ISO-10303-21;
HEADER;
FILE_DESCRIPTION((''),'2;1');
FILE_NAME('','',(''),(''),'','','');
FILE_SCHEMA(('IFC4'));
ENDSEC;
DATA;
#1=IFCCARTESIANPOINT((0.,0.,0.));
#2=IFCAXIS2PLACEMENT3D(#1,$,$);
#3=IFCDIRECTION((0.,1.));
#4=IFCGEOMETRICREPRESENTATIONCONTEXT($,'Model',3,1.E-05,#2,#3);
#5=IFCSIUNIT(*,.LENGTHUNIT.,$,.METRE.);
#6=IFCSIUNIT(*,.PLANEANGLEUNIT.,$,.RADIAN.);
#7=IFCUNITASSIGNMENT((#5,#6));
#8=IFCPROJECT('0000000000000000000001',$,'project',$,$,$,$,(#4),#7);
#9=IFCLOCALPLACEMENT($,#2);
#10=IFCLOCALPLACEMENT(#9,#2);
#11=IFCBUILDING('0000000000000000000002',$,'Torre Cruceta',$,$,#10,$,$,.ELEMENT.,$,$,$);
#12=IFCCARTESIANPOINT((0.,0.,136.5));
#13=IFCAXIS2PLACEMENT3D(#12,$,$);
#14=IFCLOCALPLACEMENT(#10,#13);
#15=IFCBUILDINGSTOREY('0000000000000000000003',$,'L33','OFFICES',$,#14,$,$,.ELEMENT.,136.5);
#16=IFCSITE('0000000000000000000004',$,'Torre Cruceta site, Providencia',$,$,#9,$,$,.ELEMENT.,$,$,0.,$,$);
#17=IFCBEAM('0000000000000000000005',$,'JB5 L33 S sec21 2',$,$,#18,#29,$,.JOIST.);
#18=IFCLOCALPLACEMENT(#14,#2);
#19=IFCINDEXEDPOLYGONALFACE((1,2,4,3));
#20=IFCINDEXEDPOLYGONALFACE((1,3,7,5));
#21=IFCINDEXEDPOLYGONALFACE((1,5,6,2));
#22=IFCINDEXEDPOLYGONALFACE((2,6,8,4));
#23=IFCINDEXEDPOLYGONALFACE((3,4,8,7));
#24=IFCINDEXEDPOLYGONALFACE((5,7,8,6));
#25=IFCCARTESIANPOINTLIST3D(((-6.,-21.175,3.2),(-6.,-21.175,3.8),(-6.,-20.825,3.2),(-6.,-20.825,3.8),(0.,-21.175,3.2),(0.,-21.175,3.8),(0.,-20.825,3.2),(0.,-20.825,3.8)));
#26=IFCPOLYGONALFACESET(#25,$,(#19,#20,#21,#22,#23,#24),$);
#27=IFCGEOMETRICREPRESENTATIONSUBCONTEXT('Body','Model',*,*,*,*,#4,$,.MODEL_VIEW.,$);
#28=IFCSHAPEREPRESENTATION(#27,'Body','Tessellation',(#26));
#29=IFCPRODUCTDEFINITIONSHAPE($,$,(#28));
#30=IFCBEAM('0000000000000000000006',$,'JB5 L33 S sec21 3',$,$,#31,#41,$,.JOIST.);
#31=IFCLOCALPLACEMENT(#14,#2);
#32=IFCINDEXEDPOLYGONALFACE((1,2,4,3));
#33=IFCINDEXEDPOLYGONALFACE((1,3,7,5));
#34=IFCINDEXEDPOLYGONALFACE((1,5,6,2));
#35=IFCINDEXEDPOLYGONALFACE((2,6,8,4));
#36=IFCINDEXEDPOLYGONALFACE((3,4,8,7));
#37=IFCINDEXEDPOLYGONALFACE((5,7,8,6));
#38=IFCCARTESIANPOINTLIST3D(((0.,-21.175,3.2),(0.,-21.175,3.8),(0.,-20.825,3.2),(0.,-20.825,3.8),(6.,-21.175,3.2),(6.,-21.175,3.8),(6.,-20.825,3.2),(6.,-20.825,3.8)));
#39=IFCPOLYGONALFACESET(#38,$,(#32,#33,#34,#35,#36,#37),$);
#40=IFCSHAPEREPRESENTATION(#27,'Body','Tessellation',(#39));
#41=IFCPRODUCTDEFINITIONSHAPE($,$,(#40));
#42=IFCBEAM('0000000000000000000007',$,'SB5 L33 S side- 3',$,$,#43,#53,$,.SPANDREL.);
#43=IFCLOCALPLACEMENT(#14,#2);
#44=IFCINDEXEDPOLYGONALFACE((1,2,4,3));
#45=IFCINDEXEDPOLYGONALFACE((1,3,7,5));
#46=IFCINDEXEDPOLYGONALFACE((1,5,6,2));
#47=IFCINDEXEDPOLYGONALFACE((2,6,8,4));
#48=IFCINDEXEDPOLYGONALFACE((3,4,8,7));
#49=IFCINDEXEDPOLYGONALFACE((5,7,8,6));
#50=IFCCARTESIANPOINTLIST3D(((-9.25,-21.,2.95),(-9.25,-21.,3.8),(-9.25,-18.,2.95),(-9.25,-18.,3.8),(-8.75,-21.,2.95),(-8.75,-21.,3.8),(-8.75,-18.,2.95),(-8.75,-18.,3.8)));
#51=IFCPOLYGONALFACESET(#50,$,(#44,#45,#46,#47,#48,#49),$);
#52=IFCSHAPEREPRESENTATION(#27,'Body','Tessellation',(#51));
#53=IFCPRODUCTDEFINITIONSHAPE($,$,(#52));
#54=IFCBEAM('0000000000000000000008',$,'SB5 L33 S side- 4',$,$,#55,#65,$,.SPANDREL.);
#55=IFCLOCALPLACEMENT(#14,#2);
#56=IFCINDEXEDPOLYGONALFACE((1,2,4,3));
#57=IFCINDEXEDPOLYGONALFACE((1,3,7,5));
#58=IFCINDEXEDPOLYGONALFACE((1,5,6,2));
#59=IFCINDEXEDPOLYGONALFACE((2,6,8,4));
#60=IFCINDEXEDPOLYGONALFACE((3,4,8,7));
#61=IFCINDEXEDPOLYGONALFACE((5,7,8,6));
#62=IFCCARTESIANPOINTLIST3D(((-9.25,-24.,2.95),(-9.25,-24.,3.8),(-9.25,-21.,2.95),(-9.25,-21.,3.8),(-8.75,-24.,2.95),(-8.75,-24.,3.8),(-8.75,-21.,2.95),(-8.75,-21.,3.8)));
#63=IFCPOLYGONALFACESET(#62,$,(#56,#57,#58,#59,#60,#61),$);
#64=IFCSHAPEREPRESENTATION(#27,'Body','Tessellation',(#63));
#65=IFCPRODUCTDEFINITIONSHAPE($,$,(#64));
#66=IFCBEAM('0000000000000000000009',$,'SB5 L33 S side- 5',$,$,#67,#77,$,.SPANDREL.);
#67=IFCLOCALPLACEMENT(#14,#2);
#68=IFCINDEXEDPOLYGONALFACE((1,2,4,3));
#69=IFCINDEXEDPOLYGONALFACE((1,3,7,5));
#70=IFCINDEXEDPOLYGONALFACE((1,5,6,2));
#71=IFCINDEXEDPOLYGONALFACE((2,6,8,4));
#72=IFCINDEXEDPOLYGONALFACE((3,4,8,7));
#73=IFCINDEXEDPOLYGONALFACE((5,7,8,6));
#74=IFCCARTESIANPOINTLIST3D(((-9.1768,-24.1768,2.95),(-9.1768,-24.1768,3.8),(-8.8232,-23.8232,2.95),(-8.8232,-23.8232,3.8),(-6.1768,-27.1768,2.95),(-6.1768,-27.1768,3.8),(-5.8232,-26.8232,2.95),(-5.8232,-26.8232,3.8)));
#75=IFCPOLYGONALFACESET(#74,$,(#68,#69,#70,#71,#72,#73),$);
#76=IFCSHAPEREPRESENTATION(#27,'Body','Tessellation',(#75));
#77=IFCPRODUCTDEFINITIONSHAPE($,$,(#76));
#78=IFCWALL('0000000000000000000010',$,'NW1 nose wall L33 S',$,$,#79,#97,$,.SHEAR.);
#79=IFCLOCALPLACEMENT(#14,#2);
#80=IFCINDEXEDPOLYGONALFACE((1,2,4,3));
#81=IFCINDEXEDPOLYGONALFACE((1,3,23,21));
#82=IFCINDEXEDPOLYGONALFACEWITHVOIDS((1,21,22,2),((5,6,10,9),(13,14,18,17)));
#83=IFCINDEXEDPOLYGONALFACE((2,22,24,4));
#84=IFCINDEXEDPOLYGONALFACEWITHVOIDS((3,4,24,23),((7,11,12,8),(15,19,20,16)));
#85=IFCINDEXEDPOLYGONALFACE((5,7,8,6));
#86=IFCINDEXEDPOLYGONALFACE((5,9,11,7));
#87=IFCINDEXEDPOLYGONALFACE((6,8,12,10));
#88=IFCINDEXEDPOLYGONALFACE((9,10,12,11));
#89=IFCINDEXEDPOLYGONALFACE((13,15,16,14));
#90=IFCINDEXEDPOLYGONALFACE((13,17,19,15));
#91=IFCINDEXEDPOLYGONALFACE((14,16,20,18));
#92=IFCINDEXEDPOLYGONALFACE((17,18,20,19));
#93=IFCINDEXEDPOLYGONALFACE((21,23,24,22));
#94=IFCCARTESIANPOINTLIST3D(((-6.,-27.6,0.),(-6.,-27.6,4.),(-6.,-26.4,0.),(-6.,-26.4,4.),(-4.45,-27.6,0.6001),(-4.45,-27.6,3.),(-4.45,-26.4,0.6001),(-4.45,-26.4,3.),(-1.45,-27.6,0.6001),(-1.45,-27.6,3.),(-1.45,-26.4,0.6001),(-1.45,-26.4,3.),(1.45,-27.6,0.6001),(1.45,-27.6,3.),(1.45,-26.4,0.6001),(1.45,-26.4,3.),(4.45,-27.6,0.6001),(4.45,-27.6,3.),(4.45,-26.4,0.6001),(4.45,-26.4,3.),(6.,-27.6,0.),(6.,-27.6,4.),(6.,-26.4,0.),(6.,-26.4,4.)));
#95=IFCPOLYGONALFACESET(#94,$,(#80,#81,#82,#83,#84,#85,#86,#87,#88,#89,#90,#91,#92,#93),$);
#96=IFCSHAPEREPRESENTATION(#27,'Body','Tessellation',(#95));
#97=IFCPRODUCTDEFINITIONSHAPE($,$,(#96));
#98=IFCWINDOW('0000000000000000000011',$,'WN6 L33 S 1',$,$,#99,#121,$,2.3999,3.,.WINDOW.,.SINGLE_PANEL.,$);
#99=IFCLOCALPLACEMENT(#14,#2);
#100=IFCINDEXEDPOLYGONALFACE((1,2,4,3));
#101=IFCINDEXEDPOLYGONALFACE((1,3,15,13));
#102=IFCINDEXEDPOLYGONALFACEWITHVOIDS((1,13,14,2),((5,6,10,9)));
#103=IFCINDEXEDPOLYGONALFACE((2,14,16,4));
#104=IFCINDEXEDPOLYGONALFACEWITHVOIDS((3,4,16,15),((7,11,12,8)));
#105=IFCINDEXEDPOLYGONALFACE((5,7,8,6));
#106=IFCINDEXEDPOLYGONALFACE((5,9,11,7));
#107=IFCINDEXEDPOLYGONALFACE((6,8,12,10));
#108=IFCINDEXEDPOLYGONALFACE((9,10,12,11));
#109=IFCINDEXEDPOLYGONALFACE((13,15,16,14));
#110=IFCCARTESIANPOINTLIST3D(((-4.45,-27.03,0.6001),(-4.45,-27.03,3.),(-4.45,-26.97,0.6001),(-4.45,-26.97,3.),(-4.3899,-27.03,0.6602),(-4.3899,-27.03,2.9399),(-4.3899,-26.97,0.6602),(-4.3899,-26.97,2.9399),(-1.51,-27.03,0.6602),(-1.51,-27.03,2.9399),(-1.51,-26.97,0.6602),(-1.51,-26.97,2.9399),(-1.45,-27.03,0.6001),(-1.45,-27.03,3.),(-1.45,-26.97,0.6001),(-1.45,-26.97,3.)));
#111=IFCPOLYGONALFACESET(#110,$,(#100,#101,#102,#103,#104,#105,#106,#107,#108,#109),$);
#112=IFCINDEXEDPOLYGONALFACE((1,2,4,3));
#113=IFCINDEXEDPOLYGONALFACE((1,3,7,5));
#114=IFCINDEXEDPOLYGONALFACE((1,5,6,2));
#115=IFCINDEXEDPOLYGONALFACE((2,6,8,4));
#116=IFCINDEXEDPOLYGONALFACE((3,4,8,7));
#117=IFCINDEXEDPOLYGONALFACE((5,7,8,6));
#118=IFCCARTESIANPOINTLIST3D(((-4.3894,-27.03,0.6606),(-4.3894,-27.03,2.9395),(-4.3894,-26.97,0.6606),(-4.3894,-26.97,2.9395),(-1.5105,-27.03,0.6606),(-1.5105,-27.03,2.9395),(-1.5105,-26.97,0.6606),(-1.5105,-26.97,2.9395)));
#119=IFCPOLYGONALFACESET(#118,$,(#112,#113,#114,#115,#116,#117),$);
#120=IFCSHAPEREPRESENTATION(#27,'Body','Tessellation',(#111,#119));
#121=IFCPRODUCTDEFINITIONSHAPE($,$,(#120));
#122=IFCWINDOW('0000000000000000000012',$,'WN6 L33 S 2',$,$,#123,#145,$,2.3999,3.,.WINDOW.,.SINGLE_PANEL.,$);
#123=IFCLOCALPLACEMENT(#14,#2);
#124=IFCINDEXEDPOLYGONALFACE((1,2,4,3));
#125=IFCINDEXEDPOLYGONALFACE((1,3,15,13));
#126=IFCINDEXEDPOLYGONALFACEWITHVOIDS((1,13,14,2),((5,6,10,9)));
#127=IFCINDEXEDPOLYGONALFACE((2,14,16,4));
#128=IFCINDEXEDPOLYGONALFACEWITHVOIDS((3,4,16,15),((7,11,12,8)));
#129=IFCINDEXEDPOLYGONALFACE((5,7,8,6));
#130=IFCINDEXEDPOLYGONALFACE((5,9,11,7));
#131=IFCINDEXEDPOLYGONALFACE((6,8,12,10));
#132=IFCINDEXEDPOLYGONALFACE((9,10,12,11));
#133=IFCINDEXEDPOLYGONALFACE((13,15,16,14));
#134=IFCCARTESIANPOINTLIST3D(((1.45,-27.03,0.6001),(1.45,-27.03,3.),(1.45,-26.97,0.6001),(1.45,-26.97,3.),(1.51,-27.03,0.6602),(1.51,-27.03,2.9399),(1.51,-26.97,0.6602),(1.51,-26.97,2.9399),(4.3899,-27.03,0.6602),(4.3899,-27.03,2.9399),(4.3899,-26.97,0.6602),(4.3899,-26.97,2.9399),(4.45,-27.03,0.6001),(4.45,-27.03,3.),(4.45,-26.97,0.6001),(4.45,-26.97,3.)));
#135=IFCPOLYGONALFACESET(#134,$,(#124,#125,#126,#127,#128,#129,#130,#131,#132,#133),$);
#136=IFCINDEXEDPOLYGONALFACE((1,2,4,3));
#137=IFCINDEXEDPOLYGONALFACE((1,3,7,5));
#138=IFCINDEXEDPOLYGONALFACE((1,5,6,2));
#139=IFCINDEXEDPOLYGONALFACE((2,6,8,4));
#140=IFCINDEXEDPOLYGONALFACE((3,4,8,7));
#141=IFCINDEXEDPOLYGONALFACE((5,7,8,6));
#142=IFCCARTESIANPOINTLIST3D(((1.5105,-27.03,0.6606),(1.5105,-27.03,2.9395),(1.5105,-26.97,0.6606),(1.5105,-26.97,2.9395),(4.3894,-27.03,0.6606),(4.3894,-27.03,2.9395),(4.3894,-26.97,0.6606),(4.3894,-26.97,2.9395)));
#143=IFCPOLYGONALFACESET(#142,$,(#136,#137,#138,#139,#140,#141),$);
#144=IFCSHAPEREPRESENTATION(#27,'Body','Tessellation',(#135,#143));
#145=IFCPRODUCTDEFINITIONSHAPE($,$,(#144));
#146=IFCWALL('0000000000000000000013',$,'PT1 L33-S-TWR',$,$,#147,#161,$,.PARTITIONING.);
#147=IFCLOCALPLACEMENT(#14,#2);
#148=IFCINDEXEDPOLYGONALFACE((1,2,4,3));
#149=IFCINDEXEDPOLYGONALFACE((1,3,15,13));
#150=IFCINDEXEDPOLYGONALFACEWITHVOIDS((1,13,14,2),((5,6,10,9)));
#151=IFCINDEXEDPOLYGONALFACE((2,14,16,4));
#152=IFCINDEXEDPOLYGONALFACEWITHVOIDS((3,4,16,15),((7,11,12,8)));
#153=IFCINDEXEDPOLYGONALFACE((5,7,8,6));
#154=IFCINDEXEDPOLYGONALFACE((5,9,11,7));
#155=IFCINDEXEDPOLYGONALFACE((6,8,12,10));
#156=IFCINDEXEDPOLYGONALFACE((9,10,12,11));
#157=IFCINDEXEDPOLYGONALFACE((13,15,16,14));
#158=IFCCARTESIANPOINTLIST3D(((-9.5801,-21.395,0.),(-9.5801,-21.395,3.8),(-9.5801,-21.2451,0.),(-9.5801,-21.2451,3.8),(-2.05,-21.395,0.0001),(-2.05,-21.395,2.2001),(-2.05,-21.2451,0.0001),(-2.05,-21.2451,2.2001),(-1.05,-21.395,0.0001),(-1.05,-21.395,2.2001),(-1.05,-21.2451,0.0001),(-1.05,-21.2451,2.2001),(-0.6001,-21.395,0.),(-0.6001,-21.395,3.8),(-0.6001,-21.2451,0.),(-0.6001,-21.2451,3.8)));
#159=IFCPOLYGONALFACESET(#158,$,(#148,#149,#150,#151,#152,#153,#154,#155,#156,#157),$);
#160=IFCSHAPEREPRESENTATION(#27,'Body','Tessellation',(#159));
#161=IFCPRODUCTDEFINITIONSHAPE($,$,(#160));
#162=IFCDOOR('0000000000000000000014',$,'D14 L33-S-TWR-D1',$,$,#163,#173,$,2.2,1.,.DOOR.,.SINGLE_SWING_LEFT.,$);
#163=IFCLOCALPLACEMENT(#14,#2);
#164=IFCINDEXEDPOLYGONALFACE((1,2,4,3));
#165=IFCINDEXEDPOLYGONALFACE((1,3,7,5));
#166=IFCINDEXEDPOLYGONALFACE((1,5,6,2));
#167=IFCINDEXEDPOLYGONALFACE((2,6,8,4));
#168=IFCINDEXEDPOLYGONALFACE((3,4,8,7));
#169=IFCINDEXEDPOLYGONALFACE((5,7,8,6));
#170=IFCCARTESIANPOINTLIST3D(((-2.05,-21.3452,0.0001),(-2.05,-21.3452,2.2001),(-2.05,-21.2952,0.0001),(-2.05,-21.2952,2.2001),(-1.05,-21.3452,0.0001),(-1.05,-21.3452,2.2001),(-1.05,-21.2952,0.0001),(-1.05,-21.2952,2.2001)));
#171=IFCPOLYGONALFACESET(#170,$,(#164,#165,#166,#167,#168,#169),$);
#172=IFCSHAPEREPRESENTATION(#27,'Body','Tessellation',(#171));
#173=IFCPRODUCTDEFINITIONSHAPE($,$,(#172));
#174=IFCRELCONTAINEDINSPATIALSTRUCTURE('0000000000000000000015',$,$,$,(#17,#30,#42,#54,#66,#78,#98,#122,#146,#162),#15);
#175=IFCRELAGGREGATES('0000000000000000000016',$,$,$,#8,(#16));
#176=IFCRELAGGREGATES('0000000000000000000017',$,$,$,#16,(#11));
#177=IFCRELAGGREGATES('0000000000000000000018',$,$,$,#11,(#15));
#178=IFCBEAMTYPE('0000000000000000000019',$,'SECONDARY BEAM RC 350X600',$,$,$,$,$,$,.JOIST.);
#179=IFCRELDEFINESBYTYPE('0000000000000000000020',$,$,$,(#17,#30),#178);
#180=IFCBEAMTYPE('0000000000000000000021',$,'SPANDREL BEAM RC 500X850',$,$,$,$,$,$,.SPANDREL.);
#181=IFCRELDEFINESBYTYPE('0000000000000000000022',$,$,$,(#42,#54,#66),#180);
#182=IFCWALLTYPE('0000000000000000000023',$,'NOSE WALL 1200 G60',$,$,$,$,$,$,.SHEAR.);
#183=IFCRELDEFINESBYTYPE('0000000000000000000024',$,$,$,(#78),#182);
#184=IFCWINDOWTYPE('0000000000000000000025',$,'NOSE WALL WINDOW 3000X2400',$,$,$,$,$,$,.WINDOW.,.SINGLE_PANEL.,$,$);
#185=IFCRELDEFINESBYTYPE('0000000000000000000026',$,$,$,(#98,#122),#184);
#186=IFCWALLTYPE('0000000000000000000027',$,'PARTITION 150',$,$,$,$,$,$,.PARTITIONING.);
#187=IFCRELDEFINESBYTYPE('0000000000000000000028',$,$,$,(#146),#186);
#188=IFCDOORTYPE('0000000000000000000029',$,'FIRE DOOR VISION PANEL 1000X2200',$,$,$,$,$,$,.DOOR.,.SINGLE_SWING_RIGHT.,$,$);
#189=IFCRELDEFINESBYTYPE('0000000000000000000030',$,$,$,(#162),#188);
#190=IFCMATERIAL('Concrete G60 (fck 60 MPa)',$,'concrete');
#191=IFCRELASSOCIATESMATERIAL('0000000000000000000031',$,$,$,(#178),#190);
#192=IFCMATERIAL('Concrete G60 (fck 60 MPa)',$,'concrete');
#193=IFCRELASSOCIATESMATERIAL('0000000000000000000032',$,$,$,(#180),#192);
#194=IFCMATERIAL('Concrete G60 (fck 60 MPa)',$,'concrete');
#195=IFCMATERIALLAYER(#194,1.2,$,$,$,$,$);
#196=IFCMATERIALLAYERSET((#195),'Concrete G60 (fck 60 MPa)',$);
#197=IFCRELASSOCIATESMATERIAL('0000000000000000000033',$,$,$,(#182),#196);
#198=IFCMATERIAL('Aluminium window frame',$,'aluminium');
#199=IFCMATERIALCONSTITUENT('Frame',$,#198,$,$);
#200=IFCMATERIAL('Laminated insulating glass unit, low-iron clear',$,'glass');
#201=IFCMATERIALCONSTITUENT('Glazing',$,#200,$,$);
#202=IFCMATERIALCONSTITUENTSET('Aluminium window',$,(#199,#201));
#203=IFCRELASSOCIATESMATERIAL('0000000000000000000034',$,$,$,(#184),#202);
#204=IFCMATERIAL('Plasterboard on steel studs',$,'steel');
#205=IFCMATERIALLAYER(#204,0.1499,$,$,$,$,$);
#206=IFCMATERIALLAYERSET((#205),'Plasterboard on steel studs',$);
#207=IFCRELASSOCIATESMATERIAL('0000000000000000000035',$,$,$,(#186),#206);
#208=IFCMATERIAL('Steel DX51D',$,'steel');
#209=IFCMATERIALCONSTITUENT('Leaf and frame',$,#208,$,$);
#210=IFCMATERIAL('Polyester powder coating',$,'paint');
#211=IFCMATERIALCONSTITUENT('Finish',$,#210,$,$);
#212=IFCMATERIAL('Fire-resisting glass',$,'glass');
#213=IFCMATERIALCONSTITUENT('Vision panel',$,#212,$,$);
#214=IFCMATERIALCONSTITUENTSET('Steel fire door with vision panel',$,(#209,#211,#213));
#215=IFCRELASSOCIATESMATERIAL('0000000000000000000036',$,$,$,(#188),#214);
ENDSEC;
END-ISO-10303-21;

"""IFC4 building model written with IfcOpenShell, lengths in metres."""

from ifc_helpers import new_model, si_unit, direction, frame, frame_2d, origin, origin_2d, place, context, subcontext, project, spatial, rectangle, hollow_rectangle, extrude, material, layer, layer_set, constituent, constituent_set, material_profile, profile_set, type_object, element, fill, save


model = new_model("IFC4")

# Units and contexts
model_context = context("Model", 3, precision=1e-05, world=origin(), true_north=direction((0.0, 1.0)))
body_context = subcontext(model_context, "Body", "Model", "MODEL_VIEW")
ifc_project = project(units=[si_unit("LENGTHUNIT", "METRE"), si_unit("PLANEANGLEUNIT", "RADIAN")], contexts=[model_context])

# Site, building, storey
site_placement = place(None, origin())
site = spatial("IfcSite", under=ifc_project, at=site_placement, Name="Torre Cruceta site, Providencia", CompositionType="ELEMENT", RefElevation=0.0)
building_placement = place(site_placement, origin())
building = spatial("IfcBuilding", under=site, at=building_placement, Name="Torre Cruceta", CompositionType="ELEMENT")
storey_placement = place(building_placement, frame((0.0, 0.0, 136.5)))
storey = spatial("IfcBuildingStorey", under=building, at=storey_placement, Name="L33", Description="OFFICES", CompositionType="ELEMENT", Elevation=136.5)

# Beams
ifc_material_1 = material(Name="Concrete G60 (fck 60 MPa)", Category="concrete")
ifc_material_profile_1 = material_profile(ifc_material_1, rectangle(XDim=0.3501, YDim=0.6001, at=origin_2d()), Name="RC 350X600")
ifc_profile_set_1 = profile_set([ifc_material_profile_1], Name="Concrete G60 (fck 60 MPa)")
beam_type_1 = type_object("IfcBeamType", Name="SECONDARY BEAM RC 350X600", PredefinedType="JOIST", material=ifc_profile_set_1)
for number, where, z_axis, x_axis, name in (
    (1, (-6.0, -21.0, 3.5), (1.0, 0.0, 0.0), (0.0, 1.0, 0.0), "JB5 L33 S sec21 2"),
    (2, (0.0, -21.0, 3.5), (1.0, 0.0, 0.0), (0.0, 1.0, 0.0), "JB5 L33 S sec21 3"),
):
    element("IfcBeam", number, at=place(storey_placement, frame(where, z_axis=z_axis, x_axis=x_axis)), inside=storey, type_object=beam_type_1, Name=name, PredefinedType="JOIST", context=body_context, shape_type="SweptSolid", body=[
        extrude(rectangle(XDim=0.3501, YDim=0.6001, at=origin_2d()), origin(), (0.0, 0.0, 1.0), 6.0),
    ])
ifc_material_2 = material(Name="Concrete G60 (fck 60 MPa)", Category="concrete")
ifc_material_profile_2 = material_profile(ifc_material_2, rectangle(XDim=0.5, YDim=0.8501, at=origin_2d()), Name="RC 500X850")
ifc_profile_set_2 = profile_set([ifc_material_profile_2], Name="Concrete G60 (fck 60 MPa)")
beam_type_2 = type_object("IfcBeamType", Name="SPANDREL BEAM RC 500X850", PredefinedType="SPANDREL", material=ifc_profile_set_2)
for number, where, z_axis, x_axis, name in (
    (3, (-9.0, -18.0, 3.375), (0.0, -1.0, 0.0), (1.0, 0.0, 0.0), "SB5 L33 S side- 3"),
    (4, (-9.0, -21.0, 3.375), (0.0, -1.0, 0.0), (1.0, 0.0, 0.0), "SB5 L33 S side- 4"),
):
    element("IfcBeam", number, at=place(storey_placement, frame(where, z_axis=z_axis, x_axis=x_axis)), inside=storey, type_object=beam_type_2, Name=name, PredefinedType="SPANDREL", context=body_context, shape_type="SweptSolid", body=[
        extrude(rectangle(XDim=0.5, YDim=0.8501, at=origin_2d()), origin(), (0.0, 0.0, 1.0), 3.0),
    ])
beam_1_placement = place(storey_placement, frame((-9.0, -24.0, 3.375), z_axis=(0.707107, -0.707107, 0.0), x_axis=(0.707107, 0.707107, 0.0)))
element("IfcBeam", 5, at=beam_1_placement, inside=storey, type_object=beam_type_2, Name="SB5 L33 S side- 5", PredefinedType="SPANDREL", context=body_context, shape_type="SweptSolid", body=[
    extrude(rectangle(XDim=0.5, YDim=0.8501, at=origin_2d()), origin(), (0.0, 0.0, 1.0), 4.2427),
])

# Wall, openings, windows
ifc_material_3 = material(Name="Concrete G60 (fck 60 MPa)", Category="concrete")
ifc_layer_1 = layer(ifc_material_3, 1.2)
ifc_layer_set_1 = layer_set([ifc_layer_1], Name="Concrete G60 (fck 60 MPa)")
wall_type_1 = type_object("IfcWallType", Name="NOSE WALL 1200 G60", PredefinedType="SHEAR", material=ifc_layer_set_1)
wall_1_placement = place(storey_placement, frame((-6.0, -27.0, 0.0), z_axis=(0.0, 0.0, 1.0), x_axis=(1.0, 0.0, 0.0)))
wall_1 = element("IfcWall", 6, at=wall_1_placement, inside=storey, type_object=wall_type_1, Name="NW1 nose wall L33 S", PredefinedType="SHEAR", context=body_context, shape_type="SweptSolid", body=[
    extrude(rectangle(XDim=12.0, YDim=1.2, at=frame_2d((6.0, 0.0))), origin(), (0.0, 0.0, 1.0), 4.0),
])
opening_1_placement = place(wall_1_placement, frame((1.55, 0.0, 0.6001)))
opening_1 = element("IfcOpeningElement", 7, at=opening_1_placement, cuts=wall_1, PredefinedType="OPENING", context=body_context, shape_type="SweptSolid", body=[
    extrude(rectangle(XDim=3.0, YDim=2.3999, at=frame_2d((1.5, 1.2))), frame((0.0, 0.6099, 0.0), z_axis=(0.0, -1.0, 0.0), x_axis=(1.0, 0.0, 0.0)), (0.0, 0.0, 1.0), 1.22),
])
opening_2_placement = place(wall_1_placement, frame((7.45, 0.0, 0.6001)))
opening_2 = element("IfcOpeningElement", 8, at=opening_2_placement, cuts=wall_1, PredefinedType="OPENING", context=body_context, shape_type="SweptSolid", body=[
    extrude(rectangle(XDim=3.0, YDim=2.3999, at=frame_2d((1.5, 1.2))), frame((0.0, 0.6099, 0.0), z_axis=(0.0, -1.0, 0.0), x_axis=(1.0, 0.0, 0.0)), (0.0, 0.0, 1.0), 1.22),
])
ifc_material_4 = material(Name="Aluminium window frame", Category="aluminium")
ifc_constituent_1 = constituent(ifc_material_4, Name="Frame")
ifc_material_5 = material(Name="Laminated insulating glass unit, low-iron clear", Category="glass")
ifc_constituent_2 = constituent(ifc_material_5, Name="Glazing")
ifc_constituent_set_1 = constituent_set(constituents=[ifc_constituent_1, ifc_constituent_2], Name="Aluminium window")
window_type = type_object("IfcWindowType", Name="NOSE WALL WINDOW 3000X2400", PartitioningType="SINGLE_PANEL", PredefinedType="WINDOW", material=ifc_constituent_set_1)
window_1_placement = place(opening_1_placement, origin())
window_1 = element("IfcWindow", 9, at=window_1_placement, inside=storey, type_object=window_type, Name="WN6 L33 S 1", OverallHeight=2.3999, OverallWidth=3.0, PartitioningType="SINGLE_PANEL", PredefinedType="WINDOW", context=body_context, shape_type="SweptSolid", body=[
    extrude(hollow_rectangle(XDim=3.0, YDim=2.3999, WallThickness=0.0601, at=frame_2d((1.5, 1.2))), frame((0.0, 0.03, 0.0), z_axis=(0.0, -1.0, 0.0), x_axis=(1.0, 0.0, 0.0)), (0.0, 0.0, 1.0), 0.0601),
    extrude(rectangle(XDim=2.8789, YDim=2.2788, at=frame_2d((1.5, 1.2))), frame((0.0, 0.03, 0.0), z_axis=(0.0, -1.0, 0.0), x_axis=(1.0, 0.0, 0.0)), (0.0, 0.0, 1.0), 0.0601),
])
fill(opening_1, window_1)
window_2_placement = place(opening_2_placement, origin())
window_2 = element("IfcWindow", 10, at=window_2_placement, inside=storey, type_object=window_type, Name="WN6 L33 S 2", OverallHeight=2.3999, OverallWidth=3.0, PartitioningType="SINGLE_PANEL", PredefinedType="WINDOW", context=body_context, shape_type="SweptSolid", body=[
    extrude(hollow_rectangle(XDim=3.0, YDim=2.3999, WallThickness=0.0601, at=frame_2d((1.5, 1.2))), frame((0.0, 0.03, 0.0), z_axis=(0.0, -1.0, 0.0), x_axis=(1.0, 0.0, 0.0)), (0.0, 0.0, 1.0), 0.0601),
    extrude(rectangle(XDim=2.8789, YDim=2.2788, at=frame_2d((1.5, 1.2))), frame((0.0, 0.03, 0.0), z_axis=(0.0, -1.0, 0.0), x_axis=(1.0, 0.0, 0.0)), (0.0, 0.0, 1.0), 0.0601),
])
fill(opening_2, window_2)

# Wall, opening, door
ifc_material_6 = material(Name="Plasterboard on steel studs", Category="steel")
ifc_layer_2 = layer(ifc_material_6, 0.1499)
ifc_layer_set_2 = layer_set([ifc_layer_2], Name="Plasterboard on steel studs")
wall_type_2 = type_object("IfcWallType", Name="PARTITION 150", PredefinedType="PARTITIONING", material=ifc_layer_set_2)
wall_2_placement = place(storey_placement, frame((-9.5801, -21.3201, 0.0), z_axis=(0.0, 0.0, 1.0), x_axis=(1.0, 0.0, 0.0)))
wall_2 = element("IfcWall", 11, at=wall_2_placement, inside=storey, type_object=wall_type_2, Name="PT1 L33-S-TWR", PredefinedType="PARTITIONING", context=body_context, shape_type="SweptSolid", body=[
    extrude(rectangle(XDim=8.98, YDim=0.1499, at=frame_2d((4.49, 0.0))), origin(), (0.0, 0.0, 1.0), 3.8),
])
opening_3_placement = place(wall_2_placement, frame((7.53, 0.0, 0.0)))
opening_3 = element("IfcOpeningElement", 12, at=opening_3_placement, cuts=wall_2, PredefinedType="OPENING", context=body_context, shape_type="SweptSolid", body=[
    extrude(rectangle(XDim=1.0, YDim=2.2, at=frame_2d((0.5, 1.1001))), frame((0.0, 0.085, 0.0), z_axis=(0.0, -1.0, 0.0), x_axis=(1.0, 0.0, 0.0)), (0.0, 0.0, 1.0), 0.1699),
])
ifc_material_7 = material(Name="Steel DX51D", Category="steel")
ifc_constituent_3 = constituent(ifc_material_7, Name="Leaf and frame")
ifc_material_8 = material(Name="Polyester powder coating", Category="paint")
ifc_constituent_4 = constituent(ifc_material_8, Name="Finish")
ifc_material_9 = material(Name="Fire-resisting glass", Category="glass")
ifc_constituent_5 = constituent(ifc_material_9, Name="Vision panel")
ifc_constituent_set_2 = constituent_set(constituents=[ifc_constituent_3, ifc_constituent_4, ifc_constituent_5], Name="Steel fire door with vision panel")
door_type = type_object("IfcDoorType", Name="FIRE DOOR VISION PANEL 1000X2200", OperationType="SINGLE_SWING_RIGHT", PredefinedType="DOOR", material=ifc_constituent_set_2)
door_placement = place(opening_3_placement, frame((1.0, 0.0, 0.0), z_axis=(0.0, 0.0, 1.0), x_axis=(-1.0, 0.0, 0.0)))
door = element("IfcDoor", 13, at=door_placement, inside=storey, type_object=door_type, Name="D14 L33-S-TWR-D1", OperationType="SINGLE_SWING_LEFT", OverallHeight=2.2, OverallWidth=1.0, PredefinedType="DOOR", context=body_context, shape_type="SweptSolid", body=[
    extrude(rectangle(XDim=1.0, YDim=2.2, at=frame_2d((0.5, 1.1001))), frame((0.0, 0.0251, 0.0), z_axis=(0.0, -1.0, 0.0), x_axis=(1.0, 0.0, 0.0)), (0.0, 0.0, 1.0), 0.05),
])
fill(opening_3, door)

save(model, "model.ifc")
